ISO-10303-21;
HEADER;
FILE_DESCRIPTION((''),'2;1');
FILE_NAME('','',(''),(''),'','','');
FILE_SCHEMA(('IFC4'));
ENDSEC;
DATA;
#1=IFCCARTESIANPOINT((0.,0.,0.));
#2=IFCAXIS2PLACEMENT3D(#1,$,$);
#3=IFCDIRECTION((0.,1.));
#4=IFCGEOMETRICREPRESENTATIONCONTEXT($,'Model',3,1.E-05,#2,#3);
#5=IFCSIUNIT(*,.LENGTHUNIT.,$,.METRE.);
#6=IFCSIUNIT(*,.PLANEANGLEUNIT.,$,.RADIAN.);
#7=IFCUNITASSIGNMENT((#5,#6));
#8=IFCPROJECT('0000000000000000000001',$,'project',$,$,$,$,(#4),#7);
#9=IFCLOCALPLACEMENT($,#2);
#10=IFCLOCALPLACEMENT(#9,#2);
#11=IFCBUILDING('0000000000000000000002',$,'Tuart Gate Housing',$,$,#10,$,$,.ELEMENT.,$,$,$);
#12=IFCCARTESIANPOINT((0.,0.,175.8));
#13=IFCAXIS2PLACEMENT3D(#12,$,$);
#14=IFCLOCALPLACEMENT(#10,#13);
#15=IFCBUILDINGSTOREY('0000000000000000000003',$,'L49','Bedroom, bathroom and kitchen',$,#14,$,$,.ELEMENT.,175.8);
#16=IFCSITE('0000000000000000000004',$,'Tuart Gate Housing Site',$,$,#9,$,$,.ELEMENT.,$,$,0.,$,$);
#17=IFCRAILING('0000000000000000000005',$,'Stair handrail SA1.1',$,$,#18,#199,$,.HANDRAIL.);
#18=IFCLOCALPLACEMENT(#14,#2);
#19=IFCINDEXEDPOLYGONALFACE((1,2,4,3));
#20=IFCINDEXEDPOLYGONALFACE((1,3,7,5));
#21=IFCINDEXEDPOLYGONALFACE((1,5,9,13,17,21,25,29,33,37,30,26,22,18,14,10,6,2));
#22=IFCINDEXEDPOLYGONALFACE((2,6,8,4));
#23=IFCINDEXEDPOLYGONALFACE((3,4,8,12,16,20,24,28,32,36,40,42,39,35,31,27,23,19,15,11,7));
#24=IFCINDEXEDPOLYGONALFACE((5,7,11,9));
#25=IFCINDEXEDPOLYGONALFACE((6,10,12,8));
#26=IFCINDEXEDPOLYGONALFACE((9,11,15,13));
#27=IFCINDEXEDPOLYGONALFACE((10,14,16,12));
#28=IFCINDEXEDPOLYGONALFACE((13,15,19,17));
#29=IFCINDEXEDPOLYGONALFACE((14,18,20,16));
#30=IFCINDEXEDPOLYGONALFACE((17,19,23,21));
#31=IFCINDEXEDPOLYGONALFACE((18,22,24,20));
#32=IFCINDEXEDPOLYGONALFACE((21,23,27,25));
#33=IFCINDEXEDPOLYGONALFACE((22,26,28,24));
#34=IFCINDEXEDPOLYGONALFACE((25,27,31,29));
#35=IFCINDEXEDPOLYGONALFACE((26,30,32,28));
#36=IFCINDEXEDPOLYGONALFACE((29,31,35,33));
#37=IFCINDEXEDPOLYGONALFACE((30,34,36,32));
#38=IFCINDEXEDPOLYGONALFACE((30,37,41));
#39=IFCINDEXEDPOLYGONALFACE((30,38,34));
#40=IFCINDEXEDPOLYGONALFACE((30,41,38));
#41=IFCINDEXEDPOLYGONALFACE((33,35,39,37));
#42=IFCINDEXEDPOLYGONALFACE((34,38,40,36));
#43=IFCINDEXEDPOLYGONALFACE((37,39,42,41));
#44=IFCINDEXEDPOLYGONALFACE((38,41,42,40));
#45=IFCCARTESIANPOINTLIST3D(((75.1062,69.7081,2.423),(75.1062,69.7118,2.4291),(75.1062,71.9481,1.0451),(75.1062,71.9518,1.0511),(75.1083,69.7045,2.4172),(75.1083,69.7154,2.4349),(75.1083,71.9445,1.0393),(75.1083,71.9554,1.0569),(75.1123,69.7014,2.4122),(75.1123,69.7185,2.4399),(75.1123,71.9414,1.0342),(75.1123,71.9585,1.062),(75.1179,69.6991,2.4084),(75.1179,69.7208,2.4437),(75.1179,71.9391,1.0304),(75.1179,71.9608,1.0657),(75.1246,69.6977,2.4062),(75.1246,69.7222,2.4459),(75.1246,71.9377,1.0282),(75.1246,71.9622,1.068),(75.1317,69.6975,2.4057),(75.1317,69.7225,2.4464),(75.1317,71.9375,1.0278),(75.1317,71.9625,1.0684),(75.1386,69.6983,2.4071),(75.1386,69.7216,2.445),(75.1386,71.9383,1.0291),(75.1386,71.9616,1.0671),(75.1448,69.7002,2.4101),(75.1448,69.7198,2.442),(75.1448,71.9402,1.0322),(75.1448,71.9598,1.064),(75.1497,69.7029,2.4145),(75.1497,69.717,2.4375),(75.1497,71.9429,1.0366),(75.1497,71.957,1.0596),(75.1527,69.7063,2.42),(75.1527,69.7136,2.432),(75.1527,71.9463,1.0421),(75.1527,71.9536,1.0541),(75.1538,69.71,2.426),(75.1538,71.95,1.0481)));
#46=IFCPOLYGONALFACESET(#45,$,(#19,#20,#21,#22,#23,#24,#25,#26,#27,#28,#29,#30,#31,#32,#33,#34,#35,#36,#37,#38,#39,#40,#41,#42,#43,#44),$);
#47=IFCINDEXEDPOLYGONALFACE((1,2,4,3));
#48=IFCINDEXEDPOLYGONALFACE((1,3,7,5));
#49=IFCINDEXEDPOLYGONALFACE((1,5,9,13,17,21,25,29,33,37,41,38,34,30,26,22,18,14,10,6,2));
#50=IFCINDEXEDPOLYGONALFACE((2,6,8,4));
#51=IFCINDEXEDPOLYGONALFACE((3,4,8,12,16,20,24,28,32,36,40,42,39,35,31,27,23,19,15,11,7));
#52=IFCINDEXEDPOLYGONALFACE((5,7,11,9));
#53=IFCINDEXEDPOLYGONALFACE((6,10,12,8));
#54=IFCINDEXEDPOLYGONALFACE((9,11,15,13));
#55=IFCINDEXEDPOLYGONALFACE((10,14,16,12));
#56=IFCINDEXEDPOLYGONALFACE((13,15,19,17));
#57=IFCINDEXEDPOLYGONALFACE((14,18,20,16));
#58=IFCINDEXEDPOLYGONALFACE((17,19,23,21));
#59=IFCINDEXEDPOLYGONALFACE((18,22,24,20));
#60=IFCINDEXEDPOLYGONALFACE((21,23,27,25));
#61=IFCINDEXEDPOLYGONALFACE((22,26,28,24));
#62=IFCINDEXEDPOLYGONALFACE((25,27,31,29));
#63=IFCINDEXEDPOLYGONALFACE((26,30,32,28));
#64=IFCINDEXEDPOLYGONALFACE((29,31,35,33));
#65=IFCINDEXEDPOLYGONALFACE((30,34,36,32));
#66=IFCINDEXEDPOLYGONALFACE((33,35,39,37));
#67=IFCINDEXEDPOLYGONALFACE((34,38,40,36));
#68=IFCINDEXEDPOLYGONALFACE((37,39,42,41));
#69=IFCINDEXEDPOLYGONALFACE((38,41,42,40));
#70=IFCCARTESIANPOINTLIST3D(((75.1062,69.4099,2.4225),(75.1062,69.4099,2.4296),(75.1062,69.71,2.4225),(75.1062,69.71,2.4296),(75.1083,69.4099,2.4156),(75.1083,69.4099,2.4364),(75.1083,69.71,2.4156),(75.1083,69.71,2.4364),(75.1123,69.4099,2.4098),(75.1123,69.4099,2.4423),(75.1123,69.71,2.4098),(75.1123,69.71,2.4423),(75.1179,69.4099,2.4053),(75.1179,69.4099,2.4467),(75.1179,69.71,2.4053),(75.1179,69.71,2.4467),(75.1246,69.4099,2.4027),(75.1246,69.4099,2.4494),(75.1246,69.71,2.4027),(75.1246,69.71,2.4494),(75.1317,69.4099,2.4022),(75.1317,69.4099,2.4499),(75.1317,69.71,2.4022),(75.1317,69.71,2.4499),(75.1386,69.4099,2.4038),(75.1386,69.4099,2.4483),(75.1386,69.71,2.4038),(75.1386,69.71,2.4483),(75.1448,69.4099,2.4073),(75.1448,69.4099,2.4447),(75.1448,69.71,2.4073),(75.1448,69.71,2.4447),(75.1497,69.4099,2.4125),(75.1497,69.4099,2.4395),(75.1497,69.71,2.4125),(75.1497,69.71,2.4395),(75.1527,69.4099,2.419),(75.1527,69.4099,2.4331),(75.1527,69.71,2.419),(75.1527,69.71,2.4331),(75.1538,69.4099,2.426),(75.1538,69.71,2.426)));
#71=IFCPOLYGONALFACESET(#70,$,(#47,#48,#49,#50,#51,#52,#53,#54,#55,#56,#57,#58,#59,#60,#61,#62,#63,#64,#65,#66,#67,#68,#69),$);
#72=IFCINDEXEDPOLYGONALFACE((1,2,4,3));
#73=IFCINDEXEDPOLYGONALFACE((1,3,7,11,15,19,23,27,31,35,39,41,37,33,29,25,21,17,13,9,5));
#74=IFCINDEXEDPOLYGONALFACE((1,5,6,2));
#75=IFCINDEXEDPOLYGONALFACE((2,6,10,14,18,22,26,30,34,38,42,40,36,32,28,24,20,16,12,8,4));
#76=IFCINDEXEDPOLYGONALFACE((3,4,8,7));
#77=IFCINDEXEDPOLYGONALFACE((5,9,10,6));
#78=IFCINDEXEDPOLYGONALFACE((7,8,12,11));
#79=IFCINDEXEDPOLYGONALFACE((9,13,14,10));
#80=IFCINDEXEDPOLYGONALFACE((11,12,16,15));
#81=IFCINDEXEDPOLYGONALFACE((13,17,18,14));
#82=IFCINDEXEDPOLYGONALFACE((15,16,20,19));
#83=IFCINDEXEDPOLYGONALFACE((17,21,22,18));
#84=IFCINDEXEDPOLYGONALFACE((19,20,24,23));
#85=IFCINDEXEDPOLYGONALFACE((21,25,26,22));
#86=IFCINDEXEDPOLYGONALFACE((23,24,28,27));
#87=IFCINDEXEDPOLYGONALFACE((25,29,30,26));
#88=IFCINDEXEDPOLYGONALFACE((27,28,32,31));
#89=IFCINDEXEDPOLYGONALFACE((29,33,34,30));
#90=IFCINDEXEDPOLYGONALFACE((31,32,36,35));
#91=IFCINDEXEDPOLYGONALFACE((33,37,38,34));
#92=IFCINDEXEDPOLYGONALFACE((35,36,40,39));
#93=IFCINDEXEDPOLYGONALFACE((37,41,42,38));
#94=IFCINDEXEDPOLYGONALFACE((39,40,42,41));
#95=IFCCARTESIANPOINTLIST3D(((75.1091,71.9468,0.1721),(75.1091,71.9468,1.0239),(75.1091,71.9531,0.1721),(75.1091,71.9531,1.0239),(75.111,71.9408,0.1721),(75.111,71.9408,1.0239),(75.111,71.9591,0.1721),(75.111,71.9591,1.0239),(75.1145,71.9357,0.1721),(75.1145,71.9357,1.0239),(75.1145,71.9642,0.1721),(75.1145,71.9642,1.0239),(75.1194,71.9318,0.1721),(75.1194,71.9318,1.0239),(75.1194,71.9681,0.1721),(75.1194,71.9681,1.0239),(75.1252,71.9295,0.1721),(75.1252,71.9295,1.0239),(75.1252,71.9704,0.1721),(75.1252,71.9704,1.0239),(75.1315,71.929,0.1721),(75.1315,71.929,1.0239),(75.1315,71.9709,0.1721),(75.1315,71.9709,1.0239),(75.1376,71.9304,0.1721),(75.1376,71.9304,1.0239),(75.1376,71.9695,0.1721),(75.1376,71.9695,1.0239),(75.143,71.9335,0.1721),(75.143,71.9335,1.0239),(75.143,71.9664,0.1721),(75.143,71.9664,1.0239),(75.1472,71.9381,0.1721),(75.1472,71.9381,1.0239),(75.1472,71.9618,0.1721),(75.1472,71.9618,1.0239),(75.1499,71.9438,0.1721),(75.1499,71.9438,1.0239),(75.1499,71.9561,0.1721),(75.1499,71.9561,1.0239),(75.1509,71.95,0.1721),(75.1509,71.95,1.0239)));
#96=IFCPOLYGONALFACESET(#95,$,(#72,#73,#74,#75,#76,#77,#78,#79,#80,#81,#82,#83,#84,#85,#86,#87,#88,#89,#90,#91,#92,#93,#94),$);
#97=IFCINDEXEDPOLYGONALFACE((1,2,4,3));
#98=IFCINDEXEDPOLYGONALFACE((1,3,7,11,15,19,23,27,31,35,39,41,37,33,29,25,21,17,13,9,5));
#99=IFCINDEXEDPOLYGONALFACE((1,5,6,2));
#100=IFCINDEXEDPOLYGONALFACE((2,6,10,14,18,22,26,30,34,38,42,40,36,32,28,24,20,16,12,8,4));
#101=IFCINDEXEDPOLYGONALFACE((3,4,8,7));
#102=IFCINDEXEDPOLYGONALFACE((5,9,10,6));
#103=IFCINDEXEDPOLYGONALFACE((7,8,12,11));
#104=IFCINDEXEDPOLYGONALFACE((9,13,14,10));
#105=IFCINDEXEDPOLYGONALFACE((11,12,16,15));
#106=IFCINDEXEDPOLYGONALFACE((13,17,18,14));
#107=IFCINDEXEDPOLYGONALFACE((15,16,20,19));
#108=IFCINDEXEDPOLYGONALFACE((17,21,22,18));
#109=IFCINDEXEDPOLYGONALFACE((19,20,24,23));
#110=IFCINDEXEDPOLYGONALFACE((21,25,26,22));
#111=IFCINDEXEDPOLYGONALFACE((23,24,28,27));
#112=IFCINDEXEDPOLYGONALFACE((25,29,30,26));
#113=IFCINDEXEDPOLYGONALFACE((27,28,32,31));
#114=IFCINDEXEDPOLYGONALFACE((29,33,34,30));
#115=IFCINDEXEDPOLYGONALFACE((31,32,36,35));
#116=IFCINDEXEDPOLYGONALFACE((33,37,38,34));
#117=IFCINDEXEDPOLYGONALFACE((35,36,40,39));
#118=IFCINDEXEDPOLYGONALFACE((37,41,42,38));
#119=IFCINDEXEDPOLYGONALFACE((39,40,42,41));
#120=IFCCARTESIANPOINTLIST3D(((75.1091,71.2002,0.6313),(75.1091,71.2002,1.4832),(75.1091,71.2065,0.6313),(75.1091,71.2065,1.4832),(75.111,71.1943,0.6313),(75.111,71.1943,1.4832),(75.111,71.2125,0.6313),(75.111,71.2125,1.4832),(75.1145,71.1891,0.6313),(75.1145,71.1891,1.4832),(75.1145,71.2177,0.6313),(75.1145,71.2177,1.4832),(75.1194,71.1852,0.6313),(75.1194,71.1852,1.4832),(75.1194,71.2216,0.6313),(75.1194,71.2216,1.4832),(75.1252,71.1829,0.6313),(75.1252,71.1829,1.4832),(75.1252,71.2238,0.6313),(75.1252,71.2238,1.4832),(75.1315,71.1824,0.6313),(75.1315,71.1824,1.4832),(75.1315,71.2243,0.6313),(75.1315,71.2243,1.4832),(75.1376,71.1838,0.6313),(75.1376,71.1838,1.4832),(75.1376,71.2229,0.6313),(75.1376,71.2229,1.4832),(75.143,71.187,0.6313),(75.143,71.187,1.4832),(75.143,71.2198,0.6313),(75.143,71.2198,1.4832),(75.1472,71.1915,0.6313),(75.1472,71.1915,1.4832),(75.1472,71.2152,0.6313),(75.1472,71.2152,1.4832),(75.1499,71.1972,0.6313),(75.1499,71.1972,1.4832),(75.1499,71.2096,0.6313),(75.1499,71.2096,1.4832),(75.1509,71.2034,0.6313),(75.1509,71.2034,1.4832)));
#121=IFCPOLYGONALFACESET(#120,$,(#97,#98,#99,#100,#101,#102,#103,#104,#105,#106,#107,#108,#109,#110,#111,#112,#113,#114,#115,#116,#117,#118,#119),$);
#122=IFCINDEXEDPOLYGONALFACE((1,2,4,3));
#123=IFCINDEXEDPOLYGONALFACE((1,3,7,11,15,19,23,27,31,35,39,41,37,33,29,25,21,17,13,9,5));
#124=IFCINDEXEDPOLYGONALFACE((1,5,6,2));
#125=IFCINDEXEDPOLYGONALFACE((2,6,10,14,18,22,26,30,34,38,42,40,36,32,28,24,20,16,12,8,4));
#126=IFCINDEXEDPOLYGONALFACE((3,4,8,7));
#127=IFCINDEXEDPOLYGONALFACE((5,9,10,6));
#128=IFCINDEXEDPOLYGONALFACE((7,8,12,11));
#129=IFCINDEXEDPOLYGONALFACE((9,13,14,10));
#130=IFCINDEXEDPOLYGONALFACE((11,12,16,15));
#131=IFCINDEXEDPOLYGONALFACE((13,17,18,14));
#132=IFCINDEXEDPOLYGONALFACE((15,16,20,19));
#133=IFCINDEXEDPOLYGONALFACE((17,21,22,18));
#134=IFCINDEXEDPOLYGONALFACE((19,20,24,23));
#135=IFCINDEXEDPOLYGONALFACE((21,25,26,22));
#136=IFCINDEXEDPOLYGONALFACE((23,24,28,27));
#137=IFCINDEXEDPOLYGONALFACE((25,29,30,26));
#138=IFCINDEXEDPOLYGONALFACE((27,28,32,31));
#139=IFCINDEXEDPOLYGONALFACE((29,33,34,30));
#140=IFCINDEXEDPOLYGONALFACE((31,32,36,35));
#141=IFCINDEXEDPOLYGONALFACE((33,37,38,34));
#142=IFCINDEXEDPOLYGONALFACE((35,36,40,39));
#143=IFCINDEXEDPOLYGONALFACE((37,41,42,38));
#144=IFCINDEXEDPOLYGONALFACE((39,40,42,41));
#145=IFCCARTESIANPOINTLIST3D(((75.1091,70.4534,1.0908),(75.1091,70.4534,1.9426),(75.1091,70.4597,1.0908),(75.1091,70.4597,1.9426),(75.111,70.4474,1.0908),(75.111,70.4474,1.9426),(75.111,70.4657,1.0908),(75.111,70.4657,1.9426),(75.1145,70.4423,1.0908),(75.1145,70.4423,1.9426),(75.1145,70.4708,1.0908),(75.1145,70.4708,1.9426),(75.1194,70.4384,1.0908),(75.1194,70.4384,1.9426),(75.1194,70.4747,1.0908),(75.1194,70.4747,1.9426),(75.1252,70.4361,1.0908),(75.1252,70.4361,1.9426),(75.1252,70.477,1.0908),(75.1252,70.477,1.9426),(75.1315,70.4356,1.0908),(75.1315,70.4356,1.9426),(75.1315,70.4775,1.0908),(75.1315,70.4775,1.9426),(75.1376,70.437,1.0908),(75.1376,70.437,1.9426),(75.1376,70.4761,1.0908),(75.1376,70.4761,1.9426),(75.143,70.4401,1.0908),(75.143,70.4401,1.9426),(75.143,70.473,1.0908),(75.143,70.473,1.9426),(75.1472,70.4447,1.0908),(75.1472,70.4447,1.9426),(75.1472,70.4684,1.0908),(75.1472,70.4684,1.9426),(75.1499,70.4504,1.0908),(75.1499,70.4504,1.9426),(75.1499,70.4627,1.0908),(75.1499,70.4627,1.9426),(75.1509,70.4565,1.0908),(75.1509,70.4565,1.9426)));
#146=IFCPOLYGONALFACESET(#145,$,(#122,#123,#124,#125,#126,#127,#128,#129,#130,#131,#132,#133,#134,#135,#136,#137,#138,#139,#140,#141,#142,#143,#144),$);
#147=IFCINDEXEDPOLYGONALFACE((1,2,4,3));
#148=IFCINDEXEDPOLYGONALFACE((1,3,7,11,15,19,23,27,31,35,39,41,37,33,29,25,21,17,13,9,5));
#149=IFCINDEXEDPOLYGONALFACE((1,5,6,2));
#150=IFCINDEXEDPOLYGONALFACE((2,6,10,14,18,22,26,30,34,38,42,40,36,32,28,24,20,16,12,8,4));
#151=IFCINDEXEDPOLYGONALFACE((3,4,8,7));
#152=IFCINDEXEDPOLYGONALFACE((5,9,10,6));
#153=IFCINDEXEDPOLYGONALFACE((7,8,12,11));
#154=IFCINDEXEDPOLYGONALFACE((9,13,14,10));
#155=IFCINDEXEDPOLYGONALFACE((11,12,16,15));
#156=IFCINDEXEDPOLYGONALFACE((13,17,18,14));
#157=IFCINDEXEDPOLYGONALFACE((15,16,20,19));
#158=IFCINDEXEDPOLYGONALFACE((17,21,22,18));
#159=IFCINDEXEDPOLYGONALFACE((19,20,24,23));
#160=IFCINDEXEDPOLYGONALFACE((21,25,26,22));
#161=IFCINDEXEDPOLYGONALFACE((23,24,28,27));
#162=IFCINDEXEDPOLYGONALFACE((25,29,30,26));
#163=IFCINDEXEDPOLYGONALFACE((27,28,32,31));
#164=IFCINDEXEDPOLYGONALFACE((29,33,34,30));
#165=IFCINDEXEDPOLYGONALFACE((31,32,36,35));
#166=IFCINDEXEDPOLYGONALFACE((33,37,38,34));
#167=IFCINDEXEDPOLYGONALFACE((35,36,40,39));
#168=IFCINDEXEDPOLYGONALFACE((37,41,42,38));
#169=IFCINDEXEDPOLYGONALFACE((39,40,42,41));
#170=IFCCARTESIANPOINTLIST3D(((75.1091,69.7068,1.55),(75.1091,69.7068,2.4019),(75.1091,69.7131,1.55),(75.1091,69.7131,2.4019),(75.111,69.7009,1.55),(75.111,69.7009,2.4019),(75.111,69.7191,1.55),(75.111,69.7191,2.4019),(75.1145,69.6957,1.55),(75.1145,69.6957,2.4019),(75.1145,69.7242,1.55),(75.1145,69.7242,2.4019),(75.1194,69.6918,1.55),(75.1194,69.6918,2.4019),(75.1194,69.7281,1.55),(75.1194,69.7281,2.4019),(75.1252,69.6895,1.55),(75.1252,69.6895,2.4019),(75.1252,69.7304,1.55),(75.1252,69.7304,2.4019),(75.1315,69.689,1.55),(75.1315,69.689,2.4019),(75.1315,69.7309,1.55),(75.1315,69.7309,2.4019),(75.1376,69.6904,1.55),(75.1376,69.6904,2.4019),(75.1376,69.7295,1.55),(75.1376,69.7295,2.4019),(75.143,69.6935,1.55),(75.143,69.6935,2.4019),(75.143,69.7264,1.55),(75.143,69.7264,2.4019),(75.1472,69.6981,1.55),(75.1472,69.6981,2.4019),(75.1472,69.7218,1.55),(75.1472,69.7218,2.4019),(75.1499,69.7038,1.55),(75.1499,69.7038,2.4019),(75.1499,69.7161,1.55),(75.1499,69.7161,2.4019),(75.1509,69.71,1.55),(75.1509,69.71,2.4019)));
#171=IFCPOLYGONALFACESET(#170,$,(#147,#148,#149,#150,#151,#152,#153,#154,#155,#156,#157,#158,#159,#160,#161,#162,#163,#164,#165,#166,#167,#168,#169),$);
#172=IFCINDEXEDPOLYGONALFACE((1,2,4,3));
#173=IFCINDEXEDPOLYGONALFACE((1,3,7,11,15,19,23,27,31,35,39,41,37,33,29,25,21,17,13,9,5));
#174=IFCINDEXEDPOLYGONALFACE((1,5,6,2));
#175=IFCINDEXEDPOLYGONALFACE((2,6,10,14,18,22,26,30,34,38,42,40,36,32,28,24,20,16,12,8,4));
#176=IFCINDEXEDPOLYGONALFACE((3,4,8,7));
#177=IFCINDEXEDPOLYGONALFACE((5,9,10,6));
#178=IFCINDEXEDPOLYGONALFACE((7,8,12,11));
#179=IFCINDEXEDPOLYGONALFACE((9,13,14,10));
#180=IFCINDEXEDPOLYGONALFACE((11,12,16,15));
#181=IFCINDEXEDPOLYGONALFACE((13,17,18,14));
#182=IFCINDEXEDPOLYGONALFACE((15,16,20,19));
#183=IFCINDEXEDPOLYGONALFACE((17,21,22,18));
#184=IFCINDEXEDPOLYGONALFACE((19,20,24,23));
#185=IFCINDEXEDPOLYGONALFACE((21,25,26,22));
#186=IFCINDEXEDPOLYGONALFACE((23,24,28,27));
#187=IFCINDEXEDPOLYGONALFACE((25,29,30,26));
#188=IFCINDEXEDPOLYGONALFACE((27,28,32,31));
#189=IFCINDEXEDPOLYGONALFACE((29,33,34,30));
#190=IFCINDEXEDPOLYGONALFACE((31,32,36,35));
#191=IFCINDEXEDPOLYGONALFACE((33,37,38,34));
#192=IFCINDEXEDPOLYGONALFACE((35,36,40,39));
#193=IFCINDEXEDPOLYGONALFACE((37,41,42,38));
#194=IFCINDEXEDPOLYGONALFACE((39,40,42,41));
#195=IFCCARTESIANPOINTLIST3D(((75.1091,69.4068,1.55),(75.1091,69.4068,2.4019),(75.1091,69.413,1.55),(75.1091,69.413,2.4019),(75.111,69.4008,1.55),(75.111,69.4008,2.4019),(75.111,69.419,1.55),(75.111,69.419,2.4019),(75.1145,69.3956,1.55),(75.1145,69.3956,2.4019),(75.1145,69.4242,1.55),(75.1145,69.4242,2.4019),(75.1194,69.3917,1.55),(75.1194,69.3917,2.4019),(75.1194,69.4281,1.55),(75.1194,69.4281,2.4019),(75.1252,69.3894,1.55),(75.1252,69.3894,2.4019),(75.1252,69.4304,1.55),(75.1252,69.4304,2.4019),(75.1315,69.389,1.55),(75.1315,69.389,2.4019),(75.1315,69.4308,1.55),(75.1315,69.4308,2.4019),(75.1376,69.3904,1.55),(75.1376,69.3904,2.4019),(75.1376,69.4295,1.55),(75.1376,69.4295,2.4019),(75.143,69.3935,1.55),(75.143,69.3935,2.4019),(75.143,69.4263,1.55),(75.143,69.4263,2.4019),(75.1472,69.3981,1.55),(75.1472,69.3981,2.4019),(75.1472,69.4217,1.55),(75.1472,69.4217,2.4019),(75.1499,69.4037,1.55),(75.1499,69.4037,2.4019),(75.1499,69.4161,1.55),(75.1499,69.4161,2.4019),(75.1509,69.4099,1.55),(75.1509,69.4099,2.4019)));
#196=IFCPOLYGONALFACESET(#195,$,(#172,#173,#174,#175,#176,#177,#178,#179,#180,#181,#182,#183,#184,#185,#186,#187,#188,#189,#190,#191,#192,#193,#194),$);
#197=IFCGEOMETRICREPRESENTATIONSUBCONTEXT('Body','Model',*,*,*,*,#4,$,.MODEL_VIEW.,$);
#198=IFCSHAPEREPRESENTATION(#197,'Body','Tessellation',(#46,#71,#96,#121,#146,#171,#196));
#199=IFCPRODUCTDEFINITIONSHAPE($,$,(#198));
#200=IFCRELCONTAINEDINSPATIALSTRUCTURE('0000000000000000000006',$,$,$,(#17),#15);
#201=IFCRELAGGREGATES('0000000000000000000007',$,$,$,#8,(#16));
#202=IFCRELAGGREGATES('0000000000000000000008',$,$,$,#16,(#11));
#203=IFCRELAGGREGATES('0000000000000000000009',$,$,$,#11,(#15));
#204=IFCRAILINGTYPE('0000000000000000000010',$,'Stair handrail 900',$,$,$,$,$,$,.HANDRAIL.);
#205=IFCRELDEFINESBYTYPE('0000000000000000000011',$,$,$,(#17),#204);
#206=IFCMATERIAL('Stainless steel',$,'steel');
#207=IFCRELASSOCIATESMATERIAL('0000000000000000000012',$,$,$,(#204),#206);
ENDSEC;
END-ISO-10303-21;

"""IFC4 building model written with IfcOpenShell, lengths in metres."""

from ifc_helpers import new_model, si_unit, direction, frame, origin, origin_2d, place, context, subcontext, project, spatial, circle, extrude, material, type_object, element, save


model = new_model("IFC4")

# Units and contexts
model_context = context("Model", 3, precision=1e-05, world=origin(), true_north=direction((0.0, 1.0)))
body_context = subcontext(model_context, "Body", "Model", "MODEL_VIEW")
ifc_project = project(units=[si_unit("LENGTHUNIT", "METRE"), si_unit("PLANEANGLEUNIT", "RADIAN")], contexts=[model_context])

# Site, building, storey
site_placement = place(None, origin())
site = spatial("IfcSite", under=ifc_project, at=site_placement, Name="Tuart Gate Housing Site", CompositionType="ELEMENT", RefElevation=0.0)
building_placement = place(site_placement, origin())
building = spatial("IfcBuilding", under=site, at=building_placement, Name="Tuart Gate Housing", CompositionType="ELEMENT")
storey_placement = place(building_placement, frame((0.0, 0.0, 175.8)))
storey = spatial("IfcBuildingStorey", under=building, at=storey_placement, Name="L49", Description="Bedroom, bathroom and kitchen", CompositionType="ELEMENT", Elevation=175.8)

# Railing
ifc_material_1 = material(Name="Stainless steel", Category="steel")
railing_type = type_object("IfcRailingType", Name="Stair handrail 900", PredefinedType="HANDRAIL", material=ifc_material_1)
railing_placement = place(storey_placement, frame((75.1299, 71.95, 0.1721)))
element("IfcRailing", 1, at=railing_placement, inside=storey, type_object=railing_type, Name="Stair handrail SA1.1", PredefinedType="HANDRAIL", context=body_context, shape_type="SweptSolid", body=[
    extrude(circle(Radius=0.0239, at=origin_2d()), frame((0.0, 0.0, 0.876), z_axis=(0.0, -0.851748, 0.523952), x_axis=(1.0, 0.0, 0.0)), (0.0, 0.0, 1.0), 2.6299),
    extrude(circle(Radius=0.0239, at=origin_2d()), frame((0.0, -2.24, 2.2539), z_axis=(0.0, -1.0, 0.0), x_axis=(1.0, 0.0, 0.0)), (0.0, 0.0, 1.0), 0.3),
    extrude(circle(Radius=0.021, at=origin_2d()), origin(), (0.0, 0.0, 1.0), 0.8518),
    extrude(circle(Radius=0.021, at=origin_2d()), frame((0.0, -0.7466, 0.4592)), (0.0, 0.0, 1.0), 0.8518),
    extrude(circle(Radius=0.021, at=origin_2d()), frame((0.0, -1.4934, 0.9187)), (0.0, 0.0, 1.0), 0.8518),
    extrude(circle(Radius=0.021, at=origin_2d()), frame((0.0, -2.24, 1.3779)), (0.0, 0.0, 1.0), 0.8518),
    extrude(circle(Radius=0.021, at=origin_2d()), frame((0.0, -2.54, 1.3779)), (0.0, 0.0, 1.0), 0.8518),
])

save(model, "model.ifc")
